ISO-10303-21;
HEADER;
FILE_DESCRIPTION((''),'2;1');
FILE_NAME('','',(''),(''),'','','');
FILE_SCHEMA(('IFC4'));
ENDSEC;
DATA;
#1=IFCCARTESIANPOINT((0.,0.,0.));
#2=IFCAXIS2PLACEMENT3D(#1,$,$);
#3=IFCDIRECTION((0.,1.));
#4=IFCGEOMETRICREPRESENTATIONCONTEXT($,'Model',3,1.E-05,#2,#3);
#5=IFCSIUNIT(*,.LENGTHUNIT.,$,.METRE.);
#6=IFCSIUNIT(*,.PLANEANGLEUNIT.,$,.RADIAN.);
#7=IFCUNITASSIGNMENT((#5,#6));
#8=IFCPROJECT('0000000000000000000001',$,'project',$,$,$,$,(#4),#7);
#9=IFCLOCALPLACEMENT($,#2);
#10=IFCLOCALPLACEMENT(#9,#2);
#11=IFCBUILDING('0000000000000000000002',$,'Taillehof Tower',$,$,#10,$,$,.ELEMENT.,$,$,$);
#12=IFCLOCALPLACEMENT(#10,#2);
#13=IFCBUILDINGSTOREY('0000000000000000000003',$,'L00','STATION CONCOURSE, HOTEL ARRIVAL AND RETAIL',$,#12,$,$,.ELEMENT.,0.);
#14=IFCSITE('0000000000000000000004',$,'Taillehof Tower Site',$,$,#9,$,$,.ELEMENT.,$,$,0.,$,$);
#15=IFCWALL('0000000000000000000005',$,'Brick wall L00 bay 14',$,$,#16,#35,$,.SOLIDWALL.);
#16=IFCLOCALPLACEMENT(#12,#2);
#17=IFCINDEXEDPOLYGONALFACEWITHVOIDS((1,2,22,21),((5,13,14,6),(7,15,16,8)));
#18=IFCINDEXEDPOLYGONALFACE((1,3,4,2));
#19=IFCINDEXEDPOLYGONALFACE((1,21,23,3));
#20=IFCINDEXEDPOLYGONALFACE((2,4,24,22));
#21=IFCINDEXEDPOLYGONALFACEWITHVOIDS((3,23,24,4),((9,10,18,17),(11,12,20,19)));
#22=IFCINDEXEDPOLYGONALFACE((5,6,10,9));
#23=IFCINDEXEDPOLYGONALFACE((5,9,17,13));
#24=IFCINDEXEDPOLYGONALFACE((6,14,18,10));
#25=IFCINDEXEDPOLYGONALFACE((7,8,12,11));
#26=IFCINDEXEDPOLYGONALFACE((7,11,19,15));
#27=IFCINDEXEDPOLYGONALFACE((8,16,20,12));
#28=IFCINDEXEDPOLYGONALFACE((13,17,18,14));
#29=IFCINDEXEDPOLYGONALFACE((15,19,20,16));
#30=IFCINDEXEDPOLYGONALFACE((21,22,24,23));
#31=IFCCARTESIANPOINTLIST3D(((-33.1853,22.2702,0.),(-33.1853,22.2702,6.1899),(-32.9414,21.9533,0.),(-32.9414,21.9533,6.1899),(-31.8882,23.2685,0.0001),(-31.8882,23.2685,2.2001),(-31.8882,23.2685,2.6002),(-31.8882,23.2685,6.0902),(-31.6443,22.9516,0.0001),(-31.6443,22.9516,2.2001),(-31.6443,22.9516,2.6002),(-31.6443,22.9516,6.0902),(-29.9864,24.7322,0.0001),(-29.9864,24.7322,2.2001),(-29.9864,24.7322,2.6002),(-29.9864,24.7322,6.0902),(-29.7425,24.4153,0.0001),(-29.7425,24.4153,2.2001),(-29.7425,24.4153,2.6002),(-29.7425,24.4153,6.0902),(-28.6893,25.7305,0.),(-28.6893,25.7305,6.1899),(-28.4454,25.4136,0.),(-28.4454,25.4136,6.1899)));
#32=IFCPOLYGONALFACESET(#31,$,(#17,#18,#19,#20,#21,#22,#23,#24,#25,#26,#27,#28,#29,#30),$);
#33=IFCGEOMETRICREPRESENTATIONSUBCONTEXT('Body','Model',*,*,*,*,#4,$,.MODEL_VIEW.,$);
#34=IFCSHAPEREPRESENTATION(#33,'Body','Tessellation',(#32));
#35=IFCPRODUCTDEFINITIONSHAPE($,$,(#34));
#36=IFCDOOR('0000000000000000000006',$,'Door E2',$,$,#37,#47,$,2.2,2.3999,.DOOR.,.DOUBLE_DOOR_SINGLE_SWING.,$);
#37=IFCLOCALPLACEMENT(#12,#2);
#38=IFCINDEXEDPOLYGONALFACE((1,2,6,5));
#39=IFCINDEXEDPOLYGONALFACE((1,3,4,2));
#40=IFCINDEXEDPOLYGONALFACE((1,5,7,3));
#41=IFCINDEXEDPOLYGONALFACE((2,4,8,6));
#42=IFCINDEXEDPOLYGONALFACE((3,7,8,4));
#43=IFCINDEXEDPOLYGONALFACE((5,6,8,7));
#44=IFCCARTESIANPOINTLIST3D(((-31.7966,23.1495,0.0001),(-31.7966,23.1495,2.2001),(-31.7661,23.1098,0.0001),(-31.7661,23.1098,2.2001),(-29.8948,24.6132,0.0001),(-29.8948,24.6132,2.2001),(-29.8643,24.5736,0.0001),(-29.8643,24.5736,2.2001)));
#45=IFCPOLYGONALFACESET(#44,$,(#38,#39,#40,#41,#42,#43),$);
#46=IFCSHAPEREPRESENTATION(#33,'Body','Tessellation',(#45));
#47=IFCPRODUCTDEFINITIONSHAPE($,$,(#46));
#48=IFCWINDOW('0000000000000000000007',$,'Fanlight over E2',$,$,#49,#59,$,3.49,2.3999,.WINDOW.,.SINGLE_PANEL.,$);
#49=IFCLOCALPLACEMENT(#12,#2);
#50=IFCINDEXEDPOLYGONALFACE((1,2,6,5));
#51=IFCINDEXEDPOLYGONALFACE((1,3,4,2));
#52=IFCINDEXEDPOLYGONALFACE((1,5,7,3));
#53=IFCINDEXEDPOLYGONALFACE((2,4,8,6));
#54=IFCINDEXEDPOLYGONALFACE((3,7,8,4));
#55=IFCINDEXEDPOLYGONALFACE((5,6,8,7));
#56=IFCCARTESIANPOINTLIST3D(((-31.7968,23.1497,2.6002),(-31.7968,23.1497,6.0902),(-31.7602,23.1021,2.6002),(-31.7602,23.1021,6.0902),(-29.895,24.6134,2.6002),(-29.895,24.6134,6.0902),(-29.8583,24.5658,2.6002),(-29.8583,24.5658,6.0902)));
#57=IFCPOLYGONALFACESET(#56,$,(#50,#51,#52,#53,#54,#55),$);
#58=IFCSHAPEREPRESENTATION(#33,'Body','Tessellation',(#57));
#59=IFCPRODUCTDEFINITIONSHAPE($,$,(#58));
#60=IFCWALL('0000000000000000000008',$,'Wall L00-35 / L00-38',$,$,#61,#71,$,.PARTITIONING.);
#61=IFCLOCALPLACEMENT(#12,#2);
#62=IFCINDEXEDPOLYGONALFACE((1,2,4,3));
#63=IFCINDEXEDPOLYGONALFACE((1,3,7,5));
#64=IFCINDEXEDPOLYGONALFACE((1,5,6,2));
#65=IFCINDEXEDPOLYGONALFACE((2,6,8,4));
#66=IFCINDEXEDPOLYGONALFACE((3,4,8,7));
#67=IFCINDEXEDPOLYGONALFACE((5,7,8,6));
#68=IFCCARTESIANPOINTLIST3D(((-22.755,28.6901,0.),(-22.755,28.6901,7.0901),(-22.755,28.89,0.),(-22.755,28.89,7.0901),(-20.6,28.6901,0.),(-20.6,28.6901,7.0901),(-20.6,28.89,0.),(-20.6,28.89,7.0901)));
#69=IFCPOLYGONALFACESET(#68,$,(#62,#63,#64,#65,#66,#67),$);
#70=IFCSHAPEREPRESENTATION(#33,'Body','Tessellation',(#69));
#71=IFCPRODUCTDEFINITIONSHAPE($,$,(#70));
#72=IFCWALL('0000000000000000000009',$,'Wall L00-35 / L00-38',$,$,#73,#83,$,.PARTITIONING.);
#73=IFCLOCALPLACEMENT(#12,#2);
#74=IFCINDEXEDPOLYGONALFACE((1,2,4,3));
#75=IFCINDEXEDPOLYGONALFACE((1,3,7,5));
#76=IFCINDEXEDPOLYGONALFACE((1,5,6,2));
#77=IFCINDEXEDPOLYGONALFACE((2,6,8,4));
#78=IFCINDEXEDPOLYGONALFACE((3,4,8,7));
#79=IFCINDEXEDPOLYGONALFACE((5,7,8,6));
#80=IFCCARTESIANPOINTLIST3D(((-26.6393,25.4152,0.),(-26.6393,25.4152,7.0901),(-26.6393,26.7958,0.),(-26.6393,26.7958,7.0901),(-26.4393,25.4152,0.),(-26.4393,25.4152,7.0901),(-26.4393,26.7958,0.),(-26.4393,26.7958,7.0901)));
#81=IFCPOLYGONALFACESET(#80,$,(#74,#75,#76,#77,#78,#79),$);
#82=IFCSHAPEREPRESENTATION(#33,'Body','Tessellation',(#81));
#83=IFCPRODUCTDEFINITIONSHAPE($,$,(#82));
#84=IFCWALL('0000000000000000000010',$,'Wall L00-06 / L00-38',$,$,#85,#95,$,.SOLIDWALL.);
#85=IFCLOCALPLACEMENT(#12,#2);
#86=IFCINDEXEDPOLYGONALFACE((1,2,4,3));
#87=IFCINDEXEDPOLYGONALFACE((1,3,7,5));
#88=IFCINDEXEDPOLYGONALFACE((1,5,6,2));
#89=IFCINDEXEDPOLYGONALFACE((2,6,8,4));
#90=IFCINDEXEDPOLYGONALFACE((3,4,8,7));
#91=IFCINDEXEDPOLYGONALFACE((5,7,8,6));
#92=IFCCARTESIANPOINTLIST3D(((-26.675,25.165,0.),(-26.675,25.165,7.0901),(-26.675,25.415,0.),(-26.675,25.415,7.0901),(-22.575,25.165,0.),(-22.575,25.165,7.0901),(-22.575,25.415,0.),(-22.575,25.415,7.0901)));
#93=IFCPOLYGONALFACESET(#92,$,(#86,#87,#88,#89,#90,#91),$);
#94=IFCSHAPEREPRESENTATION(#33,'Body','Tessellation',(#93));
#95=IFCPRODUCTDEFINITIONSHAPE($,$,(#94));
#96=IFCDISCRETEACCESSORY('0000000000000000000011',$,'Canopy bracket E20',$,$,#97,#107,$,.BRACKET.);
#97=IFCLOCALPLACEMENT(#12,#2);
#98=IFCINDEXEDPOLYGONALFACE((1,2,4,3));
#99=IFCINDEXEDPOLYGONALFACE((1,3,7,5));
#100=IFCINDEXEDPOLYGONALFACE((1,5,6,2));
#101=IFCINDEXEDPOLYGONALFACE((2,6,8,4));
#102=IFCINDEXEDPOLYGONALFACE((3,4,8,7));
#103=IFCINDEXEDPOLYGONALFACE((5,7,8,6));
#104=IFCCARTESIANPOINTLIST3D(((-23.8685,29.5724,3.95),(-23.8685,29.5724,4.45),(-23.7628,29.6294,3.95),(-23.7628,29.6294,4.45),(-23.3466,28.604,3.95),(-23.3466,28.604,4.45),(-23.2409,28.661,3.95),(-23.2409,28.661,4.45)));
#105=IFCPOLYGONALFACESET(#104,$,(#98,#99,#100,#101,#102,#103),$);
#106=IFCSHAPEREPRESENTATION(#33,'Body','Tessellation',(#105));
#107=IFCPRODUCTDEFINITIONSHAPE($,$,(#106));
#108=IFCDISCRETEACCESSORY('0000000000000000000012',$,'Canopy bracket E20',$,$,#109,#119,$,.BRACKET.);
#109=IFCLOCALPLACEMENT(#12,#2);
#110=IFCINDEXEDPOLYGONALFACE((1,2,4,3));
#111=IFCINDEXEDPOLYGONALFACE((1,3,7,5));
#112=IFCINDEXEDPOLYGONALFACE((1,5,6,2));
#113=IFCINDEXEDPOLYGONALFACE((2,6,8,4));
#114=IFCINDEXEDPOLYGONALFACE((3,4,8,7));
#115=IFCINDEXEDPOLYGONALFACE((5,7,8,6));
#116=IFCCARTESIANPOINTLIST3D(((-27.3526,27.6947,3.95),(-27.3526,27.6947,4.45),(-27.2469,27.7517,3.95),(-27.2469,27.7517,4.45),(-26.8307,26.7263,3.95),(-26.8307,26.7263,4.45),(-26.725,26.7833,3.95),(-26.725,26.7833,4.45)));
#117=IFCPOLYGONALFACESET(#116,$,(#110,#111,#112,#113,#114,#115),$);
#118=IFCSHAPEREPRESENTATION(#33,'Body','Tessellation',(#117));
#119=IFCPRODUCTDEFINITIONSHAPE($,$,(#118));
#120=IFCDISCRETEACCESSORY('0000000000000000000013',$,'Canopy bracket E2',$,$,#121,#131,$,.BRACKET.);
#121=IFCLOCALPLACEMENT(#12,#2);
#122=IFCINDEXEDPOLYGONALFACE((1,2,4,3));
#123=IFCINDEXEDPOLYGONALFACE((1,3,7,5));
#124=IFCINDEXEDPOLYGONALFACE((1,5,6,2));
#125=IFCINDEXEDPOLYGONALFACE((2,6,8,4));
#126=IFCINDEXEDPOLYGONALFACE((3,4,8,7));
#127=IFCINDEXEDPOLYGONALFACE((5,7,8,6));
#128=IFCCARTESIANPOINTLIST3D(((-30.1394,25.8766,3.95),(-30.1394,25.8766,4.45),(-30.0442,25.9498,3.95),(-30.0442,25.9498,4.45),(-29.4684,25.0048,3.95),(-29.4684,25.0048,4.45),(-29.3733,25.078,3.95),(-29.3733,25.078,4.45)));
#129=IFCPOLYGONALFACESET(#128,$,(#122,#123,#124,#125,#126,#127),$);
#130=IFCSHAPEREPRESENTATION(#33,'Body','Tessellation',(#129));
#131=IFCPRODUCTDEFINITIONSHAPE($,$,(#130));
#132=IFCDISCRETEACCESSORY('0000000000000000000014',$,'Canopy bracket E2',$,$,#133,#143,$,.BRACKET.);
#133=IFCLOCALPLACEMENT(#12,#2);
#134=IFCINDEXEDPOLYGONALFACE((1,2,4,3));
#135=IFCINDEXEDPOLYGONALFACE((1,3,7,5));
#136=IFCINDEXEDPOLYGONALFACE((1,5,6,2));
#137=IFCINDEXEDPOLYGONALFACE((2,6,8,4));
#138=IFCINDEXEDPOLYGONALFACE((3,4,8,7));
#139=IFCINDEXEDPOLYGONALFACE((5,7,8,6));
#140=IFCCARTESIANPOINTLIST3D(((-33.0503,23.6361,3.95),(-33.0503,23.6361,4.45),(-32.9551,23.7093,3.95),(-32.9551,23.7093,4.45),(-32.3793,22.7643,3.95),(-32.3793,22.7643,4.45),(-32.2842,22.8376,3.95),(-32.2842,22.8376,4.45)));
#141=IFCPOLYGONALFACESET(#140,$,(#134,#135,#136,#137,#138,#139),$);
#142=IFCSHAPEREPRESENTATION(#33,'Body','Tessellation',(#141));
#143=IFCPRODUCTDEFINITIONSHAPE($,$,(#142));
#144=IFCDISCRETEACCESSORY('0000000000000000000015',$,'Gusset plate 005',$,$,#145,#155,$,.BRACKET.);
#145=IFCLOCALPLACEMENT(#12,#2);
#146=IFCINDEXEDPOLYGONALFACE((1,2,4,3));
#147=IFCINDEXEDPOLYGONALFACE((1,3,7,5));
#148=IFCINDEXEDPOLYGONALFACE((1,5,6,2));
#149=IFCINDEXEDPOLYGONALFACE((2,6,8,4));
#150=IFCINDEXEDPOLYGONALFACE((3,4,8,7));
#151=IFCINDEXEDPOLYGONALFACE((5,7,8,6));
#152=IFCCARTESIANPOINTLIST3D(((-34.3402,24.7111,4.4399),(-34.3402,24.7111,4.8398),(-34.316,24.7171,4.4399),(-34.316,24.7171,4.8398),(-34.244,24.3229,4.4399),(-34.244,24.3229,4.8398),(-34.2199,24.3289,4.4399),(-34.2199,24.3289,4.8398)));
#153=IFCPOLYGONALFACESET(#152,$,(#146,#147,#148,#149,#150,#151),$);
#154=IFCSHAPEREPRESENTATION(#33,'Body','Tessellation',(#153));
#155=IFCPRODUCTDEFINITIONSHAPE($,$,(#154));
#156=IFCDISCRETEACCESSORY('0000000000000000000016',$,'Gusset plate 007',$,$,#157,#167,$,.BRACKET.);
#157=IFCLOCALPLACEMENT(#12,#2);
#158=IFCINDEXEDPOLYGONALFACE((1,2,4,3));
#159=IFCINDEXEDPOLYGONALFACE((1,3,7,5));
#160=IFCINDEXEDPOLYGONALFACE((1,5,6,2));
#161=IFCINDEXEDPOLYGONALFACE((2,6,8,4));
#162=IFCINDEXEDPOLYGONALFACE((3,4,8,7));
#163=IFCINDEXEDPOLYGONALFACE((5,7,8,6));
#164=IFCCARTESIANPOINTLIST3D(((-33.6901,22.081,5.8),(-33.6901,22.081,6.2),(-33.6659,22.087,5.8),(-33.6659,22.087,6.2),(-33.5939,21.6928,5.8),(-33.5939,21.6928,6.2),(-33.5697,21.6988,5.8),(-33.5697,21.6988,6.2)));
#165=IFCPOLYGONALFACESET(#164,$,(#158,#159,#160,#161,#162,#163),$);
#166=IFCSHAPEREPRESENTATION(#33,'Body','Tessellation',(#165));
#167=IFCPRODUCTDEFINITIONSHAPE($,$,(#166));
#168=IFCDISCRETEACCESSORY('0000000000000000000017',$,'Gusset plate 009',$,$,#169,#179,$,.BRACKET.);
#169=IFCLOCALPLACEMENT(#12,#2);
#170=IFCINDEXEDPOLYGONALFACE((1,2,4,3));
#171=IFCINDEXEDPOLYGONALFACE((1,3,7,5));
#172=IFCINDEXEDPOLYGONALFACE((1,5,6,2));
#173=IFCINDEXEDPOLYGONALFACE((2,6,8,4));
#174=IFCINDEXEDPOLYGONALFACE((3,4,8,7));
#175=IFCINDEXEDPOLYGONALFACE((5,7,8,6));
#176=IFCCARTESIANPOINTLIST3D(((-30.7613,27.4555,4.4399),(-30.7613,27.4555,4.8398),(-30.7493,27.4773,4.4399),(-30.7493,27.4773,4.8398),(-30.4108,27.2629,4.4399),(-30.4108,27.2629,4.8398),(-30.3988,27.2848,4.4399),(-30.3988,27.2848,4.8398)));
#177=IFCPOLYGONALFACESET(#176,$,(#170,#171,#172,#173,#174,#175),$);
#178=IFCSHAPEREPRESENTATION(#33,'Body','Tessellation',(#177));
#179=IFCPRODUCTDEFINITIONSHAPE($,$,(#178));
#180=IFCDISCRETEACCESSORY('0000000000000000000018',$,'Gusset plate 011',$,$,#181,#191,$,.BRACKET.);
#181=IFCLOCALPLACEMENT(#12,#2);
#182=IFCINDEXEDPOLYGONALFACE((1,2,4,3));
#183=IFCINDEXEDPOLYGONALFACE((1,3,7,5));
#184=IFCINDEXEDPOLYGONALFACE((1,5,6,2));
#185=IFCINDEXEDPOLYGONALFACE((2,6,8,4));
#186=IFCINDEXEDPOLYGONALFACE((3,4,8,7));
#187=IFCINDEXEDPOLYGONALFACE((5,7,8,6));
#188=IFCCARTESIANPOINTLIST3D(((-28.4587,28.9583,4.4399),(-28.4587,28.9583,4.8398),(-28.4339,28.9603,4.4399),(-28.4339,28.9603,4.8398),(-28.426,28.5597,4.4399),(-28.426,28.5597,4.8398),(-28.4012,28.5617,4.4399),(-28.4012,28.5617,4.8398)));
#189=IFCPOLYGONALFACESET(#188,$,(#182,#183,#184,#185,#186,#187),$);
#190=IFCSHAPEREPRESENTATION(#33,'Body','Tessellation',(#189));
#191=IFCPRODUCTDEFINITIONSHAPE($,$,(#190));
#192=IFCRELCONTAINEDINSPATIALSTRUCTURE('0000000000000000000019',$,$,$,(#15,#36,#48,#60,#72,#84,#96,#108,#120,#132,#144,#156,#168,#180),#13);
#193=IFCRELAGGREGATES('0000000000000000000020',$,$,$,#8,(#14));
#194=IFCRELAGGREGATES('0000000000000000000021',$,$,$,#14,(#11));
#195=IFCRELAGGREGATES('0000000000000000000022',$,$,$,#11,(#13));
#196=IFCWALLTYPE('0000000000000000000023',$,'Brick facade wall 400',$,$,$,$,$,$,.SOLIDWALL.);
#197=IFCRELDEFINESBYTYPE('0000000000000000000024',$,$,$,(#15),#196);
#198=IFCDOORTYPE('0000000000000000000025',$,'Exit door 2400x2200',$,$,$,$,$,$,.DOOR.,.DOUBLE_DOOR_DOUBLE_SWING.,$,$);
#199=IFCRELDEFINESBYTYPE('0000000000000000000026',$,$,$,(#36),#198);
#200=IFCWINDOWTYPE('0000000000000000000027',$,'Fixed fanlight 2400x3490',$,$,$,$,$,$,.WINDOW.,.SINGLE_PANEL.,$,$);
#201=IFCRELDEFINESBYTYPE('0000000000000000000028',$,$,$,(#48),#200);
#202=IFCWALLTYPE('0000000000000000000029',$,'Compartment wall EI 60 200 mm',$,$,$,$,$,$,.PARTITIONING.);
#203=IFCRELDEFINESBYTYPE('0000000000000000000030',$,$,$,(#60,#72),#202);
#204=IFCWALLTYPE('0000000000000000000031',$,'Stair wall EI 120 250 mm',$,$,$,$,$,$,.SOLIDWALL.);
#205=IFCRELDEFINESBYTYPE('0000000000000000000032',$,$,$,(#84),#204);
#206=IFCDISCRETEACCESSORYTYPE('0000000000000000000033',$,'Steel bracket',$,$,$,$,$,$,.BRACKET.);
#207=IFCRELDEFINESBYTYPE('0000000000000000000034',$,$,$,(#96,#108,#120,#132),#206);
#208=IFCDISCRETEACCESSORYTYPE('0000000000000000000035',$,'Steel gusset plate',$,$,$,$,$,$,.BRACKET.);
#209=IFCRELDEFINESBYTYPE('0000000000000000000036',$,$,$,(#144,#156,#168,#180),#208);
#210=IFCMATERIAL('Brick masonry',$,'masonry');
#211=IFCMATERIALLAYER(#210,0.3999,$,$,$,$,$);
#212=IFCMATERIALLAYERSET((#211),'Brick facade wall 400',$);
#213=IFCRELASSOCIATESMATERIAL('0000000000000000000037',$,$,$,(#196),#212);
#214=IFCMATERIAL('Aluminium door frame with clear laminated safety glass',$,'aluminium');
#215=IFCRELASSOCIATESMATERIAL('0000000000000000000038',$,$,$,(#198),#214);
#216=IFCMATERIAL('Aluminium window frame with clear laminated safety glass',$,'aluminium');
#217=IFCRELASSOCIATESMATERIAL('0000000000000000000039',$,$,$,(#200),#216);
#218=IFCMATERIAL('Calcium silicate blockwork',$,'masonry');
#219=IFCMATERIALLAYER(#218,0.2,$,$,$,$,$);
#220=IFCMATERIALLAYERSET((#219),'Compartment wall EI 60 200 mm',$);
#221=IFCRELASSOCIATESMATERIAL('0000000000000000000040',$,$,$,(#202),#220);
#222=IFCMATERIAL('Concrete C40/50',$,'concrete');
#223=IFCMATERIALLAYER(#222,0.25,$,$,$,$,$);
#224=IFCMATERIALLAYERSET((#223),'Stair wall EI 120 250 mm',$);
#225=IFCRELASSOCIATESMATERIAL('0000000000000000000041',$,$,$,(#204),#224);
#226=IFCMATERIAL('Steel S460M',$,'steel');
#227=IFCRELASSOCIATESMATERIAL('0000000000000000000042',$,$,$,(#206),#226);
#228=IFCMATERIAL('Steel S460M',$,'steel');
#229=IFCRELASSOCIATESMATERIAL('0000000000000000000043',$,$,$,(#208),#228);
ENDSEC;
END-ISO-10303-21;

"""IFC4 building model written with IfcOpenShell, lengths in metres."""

from ifc_helpers import new_model, si_unit, direction, frame, frame_2d, origin, origin_2d, place, context, subcontext, project, spatial, rectangle, extrude, material, layer, layer_set, type_object, element, fill, save


model = new_model("IFC4")

# Units and contexts
model_context = context("Model", 3, precision=1e-05, world=origin(), true_north=direction((0.0, 1.0)))
body_context = subcontext(model_context, "Body", "Model", "MODEL_VIEW")
ifc_project = project(units=[si_unit("LENGTHUNIT", "METRE"), si_unit("PLANEANGLEUNIT", "RADIAN")], contexts=[model_context])

# Site, building, storey
site_placement = place(None, origin())
site = spatial("IfcSite", under=ifc_project, at=site_placement, Name="Taillehof Tower Site", CompositionType="ELEMENT", RefElevation=0.0)
building_placement = place(site_placement, origin())
building = spatial("IfcBuilding", under=site, at=building_placement, Name="Taillehof Tower", CompositionType="ELEMENT")
storey_placement = place(building_placement, origin())
storey = spatial("IfcBuildingStorey", under=building, at=storey_placement, Name="L00", Description="STATION CONCOURSE, HOTEL ARRIVAL AND RETAIL", CompositionType="ELEMENT", Elevation=0.0)

# Wall, openings, door, window
ifc_material_1 = material(Name="Brick masonry", Category="masonry")
ifc_layer_1 = layer(ifc_material_1, 0.3999)
ifc_layer_set_1 = layer_set([ifc_layer_1], Name="Brick facade wall 400")
wall_type_1 = type_object("IfcWallType", Name="Brick facade wall 400", PredefinedType="SOLIDWALL", material=ifc_layer_set_1)
wall_1_placement = place(storey_placement, frame((-28.5674, 25.572, 0.0), z_axis=(0.0, 0.0, 1.0), x_axis=(-0.792466, -0.609917, 0.0)))
wall_1 = element("IfcWall", 1, at=wall_1_placement, inside=storey, type_object=wall_type_1, Name="Brick wall L00 bay 14", PredefinedType="SOLIDWALL", context=body_context, shape_type="SweptSolid", body=[
    extrude(rectangle(XDim=5.6733, YDim=0.3999, at=frame_2d((2.8367, 0.0))), origin(), (0.0, 0.0, 1.0), 6.1899),
])
opening_1_placement = place(wall_1_placement, frame((1.6367, 0.0, 0.0)))
opening_1 = element("IfcOpeningElement", 2, at=opening_1_placement, cuts=wall_1, PredefinedType="OPENING", context=body_context, shape_type="SweptSolid", body=[
    extrude(rectangle(XDim=2.3999, YDim=2.2, at=frame_2d((1.2, 1.1001))), frame((0.0, 0.21, 0.0), z_axis=(0.0, -1.0, 0.0), x_axis=(1.0, 0.0, 0.0)), (0.0, 0.0, 1.0), 0.4199),
])
opening_2_placement = place(wall_1_placement, frame((1.6367, 0.0, 2.6001)))
opening_2 = element("IfcOpeningElement", 3, at=opening_2_placement, cuts=wall_1, PredefinedType="OPENING", context=body_context, shape_type="SweptSolid", body=[
    extrude(rectangle(XDim=2.3999, YDim=3.49, at=frame_2d((1.2, 1.7451))), frame((0.0, 0.21, 0.0), z_axis=(0.0, -1.0, 0.0), x_axis=(1.0, 0.0, 0.0)), (0.0, 0.0, 1.0), 0.4199),
])
ifc_material_2 = material(Name="Aluminium door frame with clear laminated safety glass", Category="aluminium")
door_type = type_object("IfcDoorType", Name="Exit door 2400x2200", OperationType="DOUBLE_DOOR_DOUBLE_SWING", PredefinedType="DOOR", material=ifc_material_2)
door_placement = place(opening_1_placement, frame((2.3999, 0.0, 0.0), z_axis=(0.0, 0.0, 1.0), x_axis=(-1.0, 0.0, 0.0)))
door = element("IfcDoor", 4, at=door_placement, inside=storey, type_object=door_type, Name="Door E2", OperationType="DOUBLE_DOOR_SINGLE_SWING", OverallHeight=2.2, OverallWidth=2.3999, PredefinedType="DOOR", context=body_context, shape_type="SweptSolid", body=[
    extrude(rectangle(XDim=2.3999, YDim=2.2, at=frame_2d((1.2, 1.1001))), frame((0.0, 0.0498, 0.0), z_axis=(0.0, -1.0, 0.0), x_axis=(1.0, 0.0, 0.0)), (0.0, 0.0, 1.0), 0.05),
])
fill(opening_1, door)
ifc_material_3 = material(Name="Aluminium window frame with clear laminated safety glass", Category="aluminium")
window_type = type_object("IfcWindowType", Name="Fixed fanlight 2400x3490", PartitioningType="SINGLE_PANEL", PredefinedType="WINDOW", material=ifc_material_3)
window_placement = place(opening_2_placement, origin())
window = element("IfcWindow", 5, at=window_placement, inside=storey, type_object=window_type, Name="Fanlight over E2", OverallHeight=3.49, OverallWidth=2.3999, PartitioningType="SINGLE_PANEL", PredefinedType="WINDOW", context=body_context, shape_type="SweptSolid", body=[
    extrude(rectangle(XDim=2.3999, YDim=3.49, at=frame_2d((1.2, 1.7451))), frame((0.0, 0.01, 0.0), z_axis=(0.0, -1.0, 0.0), x_axis=(1.0, 0.0, 0.0)), (0.0, 0.0, 1.0), 0.0601),
])
fill(opening_2, window)

# Walls
ifc_material_4 = material(Name="Calcium silicate blockwork", Category="masonry")
ifc_layer_2 = layer(ifc_material_4, 0.2)
ifc_layer_set_2 = layer_set([ifc_layer_2], Name="Compartment wall EI 60 200 mm")
wall_type_2 = type_object("IfcWallType", Name="Compartment wall EI 60 200 mm", PredefinedType="PARTITIONING", material=ifc_layer_set_2)
wall_2_placement = place(storey_placement, frame((-22.7551, 28.79, 0.0), z_axis=(0.0, 0.0, 1.0), x_axis=(1.0, 0.0, 0.0)))
element("IfcWall", 6, at=wall_2_placement, inside=storey, type_object=wall_type_2, Name="Wall L00-35 / L00-38", PredefinedType="PARTITIONING", context=body_context, shape_type="SweptSolid", body=[
    extrude(rectangle(XDim=2.155, YDim=0.2, at=frame_2d((1.0776, 0.0))), origin(), (0.0, 0.0, 1.0), 7.0901),
])
wall_3_placement = place(storey_placement, frame((-26.5393, 25.415, 0.0), z_axis=(0.0, 0.0, 1.0), x_axis=(0.0, 1.0, 0.0)))
element("IfcWall", 7, at=wall_3_placement, inside=storey, type_object=wall_type_2, Name="Wall L00-35 / L00-38", PredefinedType="PARTITIONING", context=body_context, shape_type="SweptSolid", body=[
    extrude(rectangle(XDim=1.3806, YDim=0.2, at=frame_2d((0.6904, 0.0))), origin(), (0.0, 0.0, 1.0), 7.0901),
])
ifc_material_5 = material(Name="Concrete C40/50", Category="concrete")
ifc_layer_3 = layer(ifc_material_5, 0.25)
ifc_layer_set_3 = layer_set([ifc_layer_3], Name="Stair wall EI 120 250 mm")
wall_type_3 = type_object("IfcWallType", Name="Stair wall EI 120 250 mm", PredefinedType="SOLIDWALL", material=ifc_layer_set_3)
wall_4_placement = place(storey_placement, frame((-26.675, 25.29, 0.0), z_axis=(0.0, 0.0, 1.0), x_axis=(1.0, 0.0, 0.0)))
element("IfcWall", 8, at=wall_4_placement, inside=storey, type_object=wall_type_3, Name="Wall L00-06 / L00-38", PredefinedType="SOLIDWALL", context=body_context, shape_type="SweptSolid", body=[
    extrude(rectangle(XDim=4.1001, YDim=0.25, at=frame_2d((2.05, 0.0))), origin(), (0.0, 0.0, 1.0), 7.0901),
])

# Discrete accessories
ifc_material_6 = material(Name="Steel S460M", Category="steel")
discrete_accessory_type_1 = type_object("IfcDiscreteAccessoryType", Name="Steel bracket", PredefinedType="BRACKET", material=ifc_material_6)
for number, where, z_axis, x_axis, name in (
    (9, (-23.5547, 29.1167, 3.95), (0.0, 0.0, 1.0), (-0.474415, 0.880301, 0.0), "Canopy bracket E20"),
    (10, (-27.0388, 27.239, 3.95), (0.0, 0.0, 1.0), (-0.474415, 0.880301, 0.0), "Canopy bracket E20"),
    (11, (-29.7563, 25.4773, 3.95), (0.0, 0.0, 1.0), (-0.609932, 0.792454, 0.0), "Canopy bracket E2"),
    (12, (-32.6672, 23.2368, 3.95), (0.0, 0.0, 1.0), (-0.609932, 0.792454, 0.0), "Canopy bracket E2"),
):
    element("IfcDiscreteAccessory", number, at=place(storey_placement, frame(where, z_axis=z_axis, x_axis=x_axis)), inside=storey, type_object=discrete_accessory_type_1, Name=name, PredefinedType="BRACKET", context=body_context, shape_type="SweptSolid", body=[
        extrude(rectangle(XDim=1.1001, YDim=0.1201, at=origin_2d()), origin(), (0.0, 0.0, 1.0), 0.5),
    ])
ifc_material_7 = material(Name="Steel S460M", Category="steel")
discrete_accessory_type_2 = type_object("IfcDiscreteAccessoryType", Name="Steel gusset plate", PredefinedType="BRACKET", material=ifc_material_7)
for number, where, z_axis, x_axis, name in (
    (13, (-34.28, 24.52, 4.4399), (0.0, 0.0, 1.0), (0.240486, -0.970653, 0.0), "Gusset plate 005"),
    (14, (-33.6299, 21.8899, 5.8), (0.0, 0.0, 1.0), (0.240486, -0.970653, 0.0), "Gusset plate 007"),
    (15, (-30.5801, 27.3701, 4.4399), (0.0, 0.0, 1.0), (0.876478, -0.481442, 0.0), "Gusset plate 009"),
    (16, (-28.4299, 28.76, 4.4399), (0.0, 0.0, 1.0), (0.081679, -0.996659, 0.0), "Gusset plate 011"),
):
    element("IfcDiscreteAccessory", number, at=place(storey_placement, frame(where, z_axis=z_axis, x_axis=x_axis)), inside=storey, type_object=discrete_accessory_type_2, Name=name, PredefinedType="BRACKET", context=body_context, shape_type="SweptSolid", body=[
        extrude(rectangle(XDim=0.3999, YDim=0.0249, at=origin_2d()), origin(), (0.0, 0.0, 1.0), 0.3999),
    ])

save(model, "model.ifc")
